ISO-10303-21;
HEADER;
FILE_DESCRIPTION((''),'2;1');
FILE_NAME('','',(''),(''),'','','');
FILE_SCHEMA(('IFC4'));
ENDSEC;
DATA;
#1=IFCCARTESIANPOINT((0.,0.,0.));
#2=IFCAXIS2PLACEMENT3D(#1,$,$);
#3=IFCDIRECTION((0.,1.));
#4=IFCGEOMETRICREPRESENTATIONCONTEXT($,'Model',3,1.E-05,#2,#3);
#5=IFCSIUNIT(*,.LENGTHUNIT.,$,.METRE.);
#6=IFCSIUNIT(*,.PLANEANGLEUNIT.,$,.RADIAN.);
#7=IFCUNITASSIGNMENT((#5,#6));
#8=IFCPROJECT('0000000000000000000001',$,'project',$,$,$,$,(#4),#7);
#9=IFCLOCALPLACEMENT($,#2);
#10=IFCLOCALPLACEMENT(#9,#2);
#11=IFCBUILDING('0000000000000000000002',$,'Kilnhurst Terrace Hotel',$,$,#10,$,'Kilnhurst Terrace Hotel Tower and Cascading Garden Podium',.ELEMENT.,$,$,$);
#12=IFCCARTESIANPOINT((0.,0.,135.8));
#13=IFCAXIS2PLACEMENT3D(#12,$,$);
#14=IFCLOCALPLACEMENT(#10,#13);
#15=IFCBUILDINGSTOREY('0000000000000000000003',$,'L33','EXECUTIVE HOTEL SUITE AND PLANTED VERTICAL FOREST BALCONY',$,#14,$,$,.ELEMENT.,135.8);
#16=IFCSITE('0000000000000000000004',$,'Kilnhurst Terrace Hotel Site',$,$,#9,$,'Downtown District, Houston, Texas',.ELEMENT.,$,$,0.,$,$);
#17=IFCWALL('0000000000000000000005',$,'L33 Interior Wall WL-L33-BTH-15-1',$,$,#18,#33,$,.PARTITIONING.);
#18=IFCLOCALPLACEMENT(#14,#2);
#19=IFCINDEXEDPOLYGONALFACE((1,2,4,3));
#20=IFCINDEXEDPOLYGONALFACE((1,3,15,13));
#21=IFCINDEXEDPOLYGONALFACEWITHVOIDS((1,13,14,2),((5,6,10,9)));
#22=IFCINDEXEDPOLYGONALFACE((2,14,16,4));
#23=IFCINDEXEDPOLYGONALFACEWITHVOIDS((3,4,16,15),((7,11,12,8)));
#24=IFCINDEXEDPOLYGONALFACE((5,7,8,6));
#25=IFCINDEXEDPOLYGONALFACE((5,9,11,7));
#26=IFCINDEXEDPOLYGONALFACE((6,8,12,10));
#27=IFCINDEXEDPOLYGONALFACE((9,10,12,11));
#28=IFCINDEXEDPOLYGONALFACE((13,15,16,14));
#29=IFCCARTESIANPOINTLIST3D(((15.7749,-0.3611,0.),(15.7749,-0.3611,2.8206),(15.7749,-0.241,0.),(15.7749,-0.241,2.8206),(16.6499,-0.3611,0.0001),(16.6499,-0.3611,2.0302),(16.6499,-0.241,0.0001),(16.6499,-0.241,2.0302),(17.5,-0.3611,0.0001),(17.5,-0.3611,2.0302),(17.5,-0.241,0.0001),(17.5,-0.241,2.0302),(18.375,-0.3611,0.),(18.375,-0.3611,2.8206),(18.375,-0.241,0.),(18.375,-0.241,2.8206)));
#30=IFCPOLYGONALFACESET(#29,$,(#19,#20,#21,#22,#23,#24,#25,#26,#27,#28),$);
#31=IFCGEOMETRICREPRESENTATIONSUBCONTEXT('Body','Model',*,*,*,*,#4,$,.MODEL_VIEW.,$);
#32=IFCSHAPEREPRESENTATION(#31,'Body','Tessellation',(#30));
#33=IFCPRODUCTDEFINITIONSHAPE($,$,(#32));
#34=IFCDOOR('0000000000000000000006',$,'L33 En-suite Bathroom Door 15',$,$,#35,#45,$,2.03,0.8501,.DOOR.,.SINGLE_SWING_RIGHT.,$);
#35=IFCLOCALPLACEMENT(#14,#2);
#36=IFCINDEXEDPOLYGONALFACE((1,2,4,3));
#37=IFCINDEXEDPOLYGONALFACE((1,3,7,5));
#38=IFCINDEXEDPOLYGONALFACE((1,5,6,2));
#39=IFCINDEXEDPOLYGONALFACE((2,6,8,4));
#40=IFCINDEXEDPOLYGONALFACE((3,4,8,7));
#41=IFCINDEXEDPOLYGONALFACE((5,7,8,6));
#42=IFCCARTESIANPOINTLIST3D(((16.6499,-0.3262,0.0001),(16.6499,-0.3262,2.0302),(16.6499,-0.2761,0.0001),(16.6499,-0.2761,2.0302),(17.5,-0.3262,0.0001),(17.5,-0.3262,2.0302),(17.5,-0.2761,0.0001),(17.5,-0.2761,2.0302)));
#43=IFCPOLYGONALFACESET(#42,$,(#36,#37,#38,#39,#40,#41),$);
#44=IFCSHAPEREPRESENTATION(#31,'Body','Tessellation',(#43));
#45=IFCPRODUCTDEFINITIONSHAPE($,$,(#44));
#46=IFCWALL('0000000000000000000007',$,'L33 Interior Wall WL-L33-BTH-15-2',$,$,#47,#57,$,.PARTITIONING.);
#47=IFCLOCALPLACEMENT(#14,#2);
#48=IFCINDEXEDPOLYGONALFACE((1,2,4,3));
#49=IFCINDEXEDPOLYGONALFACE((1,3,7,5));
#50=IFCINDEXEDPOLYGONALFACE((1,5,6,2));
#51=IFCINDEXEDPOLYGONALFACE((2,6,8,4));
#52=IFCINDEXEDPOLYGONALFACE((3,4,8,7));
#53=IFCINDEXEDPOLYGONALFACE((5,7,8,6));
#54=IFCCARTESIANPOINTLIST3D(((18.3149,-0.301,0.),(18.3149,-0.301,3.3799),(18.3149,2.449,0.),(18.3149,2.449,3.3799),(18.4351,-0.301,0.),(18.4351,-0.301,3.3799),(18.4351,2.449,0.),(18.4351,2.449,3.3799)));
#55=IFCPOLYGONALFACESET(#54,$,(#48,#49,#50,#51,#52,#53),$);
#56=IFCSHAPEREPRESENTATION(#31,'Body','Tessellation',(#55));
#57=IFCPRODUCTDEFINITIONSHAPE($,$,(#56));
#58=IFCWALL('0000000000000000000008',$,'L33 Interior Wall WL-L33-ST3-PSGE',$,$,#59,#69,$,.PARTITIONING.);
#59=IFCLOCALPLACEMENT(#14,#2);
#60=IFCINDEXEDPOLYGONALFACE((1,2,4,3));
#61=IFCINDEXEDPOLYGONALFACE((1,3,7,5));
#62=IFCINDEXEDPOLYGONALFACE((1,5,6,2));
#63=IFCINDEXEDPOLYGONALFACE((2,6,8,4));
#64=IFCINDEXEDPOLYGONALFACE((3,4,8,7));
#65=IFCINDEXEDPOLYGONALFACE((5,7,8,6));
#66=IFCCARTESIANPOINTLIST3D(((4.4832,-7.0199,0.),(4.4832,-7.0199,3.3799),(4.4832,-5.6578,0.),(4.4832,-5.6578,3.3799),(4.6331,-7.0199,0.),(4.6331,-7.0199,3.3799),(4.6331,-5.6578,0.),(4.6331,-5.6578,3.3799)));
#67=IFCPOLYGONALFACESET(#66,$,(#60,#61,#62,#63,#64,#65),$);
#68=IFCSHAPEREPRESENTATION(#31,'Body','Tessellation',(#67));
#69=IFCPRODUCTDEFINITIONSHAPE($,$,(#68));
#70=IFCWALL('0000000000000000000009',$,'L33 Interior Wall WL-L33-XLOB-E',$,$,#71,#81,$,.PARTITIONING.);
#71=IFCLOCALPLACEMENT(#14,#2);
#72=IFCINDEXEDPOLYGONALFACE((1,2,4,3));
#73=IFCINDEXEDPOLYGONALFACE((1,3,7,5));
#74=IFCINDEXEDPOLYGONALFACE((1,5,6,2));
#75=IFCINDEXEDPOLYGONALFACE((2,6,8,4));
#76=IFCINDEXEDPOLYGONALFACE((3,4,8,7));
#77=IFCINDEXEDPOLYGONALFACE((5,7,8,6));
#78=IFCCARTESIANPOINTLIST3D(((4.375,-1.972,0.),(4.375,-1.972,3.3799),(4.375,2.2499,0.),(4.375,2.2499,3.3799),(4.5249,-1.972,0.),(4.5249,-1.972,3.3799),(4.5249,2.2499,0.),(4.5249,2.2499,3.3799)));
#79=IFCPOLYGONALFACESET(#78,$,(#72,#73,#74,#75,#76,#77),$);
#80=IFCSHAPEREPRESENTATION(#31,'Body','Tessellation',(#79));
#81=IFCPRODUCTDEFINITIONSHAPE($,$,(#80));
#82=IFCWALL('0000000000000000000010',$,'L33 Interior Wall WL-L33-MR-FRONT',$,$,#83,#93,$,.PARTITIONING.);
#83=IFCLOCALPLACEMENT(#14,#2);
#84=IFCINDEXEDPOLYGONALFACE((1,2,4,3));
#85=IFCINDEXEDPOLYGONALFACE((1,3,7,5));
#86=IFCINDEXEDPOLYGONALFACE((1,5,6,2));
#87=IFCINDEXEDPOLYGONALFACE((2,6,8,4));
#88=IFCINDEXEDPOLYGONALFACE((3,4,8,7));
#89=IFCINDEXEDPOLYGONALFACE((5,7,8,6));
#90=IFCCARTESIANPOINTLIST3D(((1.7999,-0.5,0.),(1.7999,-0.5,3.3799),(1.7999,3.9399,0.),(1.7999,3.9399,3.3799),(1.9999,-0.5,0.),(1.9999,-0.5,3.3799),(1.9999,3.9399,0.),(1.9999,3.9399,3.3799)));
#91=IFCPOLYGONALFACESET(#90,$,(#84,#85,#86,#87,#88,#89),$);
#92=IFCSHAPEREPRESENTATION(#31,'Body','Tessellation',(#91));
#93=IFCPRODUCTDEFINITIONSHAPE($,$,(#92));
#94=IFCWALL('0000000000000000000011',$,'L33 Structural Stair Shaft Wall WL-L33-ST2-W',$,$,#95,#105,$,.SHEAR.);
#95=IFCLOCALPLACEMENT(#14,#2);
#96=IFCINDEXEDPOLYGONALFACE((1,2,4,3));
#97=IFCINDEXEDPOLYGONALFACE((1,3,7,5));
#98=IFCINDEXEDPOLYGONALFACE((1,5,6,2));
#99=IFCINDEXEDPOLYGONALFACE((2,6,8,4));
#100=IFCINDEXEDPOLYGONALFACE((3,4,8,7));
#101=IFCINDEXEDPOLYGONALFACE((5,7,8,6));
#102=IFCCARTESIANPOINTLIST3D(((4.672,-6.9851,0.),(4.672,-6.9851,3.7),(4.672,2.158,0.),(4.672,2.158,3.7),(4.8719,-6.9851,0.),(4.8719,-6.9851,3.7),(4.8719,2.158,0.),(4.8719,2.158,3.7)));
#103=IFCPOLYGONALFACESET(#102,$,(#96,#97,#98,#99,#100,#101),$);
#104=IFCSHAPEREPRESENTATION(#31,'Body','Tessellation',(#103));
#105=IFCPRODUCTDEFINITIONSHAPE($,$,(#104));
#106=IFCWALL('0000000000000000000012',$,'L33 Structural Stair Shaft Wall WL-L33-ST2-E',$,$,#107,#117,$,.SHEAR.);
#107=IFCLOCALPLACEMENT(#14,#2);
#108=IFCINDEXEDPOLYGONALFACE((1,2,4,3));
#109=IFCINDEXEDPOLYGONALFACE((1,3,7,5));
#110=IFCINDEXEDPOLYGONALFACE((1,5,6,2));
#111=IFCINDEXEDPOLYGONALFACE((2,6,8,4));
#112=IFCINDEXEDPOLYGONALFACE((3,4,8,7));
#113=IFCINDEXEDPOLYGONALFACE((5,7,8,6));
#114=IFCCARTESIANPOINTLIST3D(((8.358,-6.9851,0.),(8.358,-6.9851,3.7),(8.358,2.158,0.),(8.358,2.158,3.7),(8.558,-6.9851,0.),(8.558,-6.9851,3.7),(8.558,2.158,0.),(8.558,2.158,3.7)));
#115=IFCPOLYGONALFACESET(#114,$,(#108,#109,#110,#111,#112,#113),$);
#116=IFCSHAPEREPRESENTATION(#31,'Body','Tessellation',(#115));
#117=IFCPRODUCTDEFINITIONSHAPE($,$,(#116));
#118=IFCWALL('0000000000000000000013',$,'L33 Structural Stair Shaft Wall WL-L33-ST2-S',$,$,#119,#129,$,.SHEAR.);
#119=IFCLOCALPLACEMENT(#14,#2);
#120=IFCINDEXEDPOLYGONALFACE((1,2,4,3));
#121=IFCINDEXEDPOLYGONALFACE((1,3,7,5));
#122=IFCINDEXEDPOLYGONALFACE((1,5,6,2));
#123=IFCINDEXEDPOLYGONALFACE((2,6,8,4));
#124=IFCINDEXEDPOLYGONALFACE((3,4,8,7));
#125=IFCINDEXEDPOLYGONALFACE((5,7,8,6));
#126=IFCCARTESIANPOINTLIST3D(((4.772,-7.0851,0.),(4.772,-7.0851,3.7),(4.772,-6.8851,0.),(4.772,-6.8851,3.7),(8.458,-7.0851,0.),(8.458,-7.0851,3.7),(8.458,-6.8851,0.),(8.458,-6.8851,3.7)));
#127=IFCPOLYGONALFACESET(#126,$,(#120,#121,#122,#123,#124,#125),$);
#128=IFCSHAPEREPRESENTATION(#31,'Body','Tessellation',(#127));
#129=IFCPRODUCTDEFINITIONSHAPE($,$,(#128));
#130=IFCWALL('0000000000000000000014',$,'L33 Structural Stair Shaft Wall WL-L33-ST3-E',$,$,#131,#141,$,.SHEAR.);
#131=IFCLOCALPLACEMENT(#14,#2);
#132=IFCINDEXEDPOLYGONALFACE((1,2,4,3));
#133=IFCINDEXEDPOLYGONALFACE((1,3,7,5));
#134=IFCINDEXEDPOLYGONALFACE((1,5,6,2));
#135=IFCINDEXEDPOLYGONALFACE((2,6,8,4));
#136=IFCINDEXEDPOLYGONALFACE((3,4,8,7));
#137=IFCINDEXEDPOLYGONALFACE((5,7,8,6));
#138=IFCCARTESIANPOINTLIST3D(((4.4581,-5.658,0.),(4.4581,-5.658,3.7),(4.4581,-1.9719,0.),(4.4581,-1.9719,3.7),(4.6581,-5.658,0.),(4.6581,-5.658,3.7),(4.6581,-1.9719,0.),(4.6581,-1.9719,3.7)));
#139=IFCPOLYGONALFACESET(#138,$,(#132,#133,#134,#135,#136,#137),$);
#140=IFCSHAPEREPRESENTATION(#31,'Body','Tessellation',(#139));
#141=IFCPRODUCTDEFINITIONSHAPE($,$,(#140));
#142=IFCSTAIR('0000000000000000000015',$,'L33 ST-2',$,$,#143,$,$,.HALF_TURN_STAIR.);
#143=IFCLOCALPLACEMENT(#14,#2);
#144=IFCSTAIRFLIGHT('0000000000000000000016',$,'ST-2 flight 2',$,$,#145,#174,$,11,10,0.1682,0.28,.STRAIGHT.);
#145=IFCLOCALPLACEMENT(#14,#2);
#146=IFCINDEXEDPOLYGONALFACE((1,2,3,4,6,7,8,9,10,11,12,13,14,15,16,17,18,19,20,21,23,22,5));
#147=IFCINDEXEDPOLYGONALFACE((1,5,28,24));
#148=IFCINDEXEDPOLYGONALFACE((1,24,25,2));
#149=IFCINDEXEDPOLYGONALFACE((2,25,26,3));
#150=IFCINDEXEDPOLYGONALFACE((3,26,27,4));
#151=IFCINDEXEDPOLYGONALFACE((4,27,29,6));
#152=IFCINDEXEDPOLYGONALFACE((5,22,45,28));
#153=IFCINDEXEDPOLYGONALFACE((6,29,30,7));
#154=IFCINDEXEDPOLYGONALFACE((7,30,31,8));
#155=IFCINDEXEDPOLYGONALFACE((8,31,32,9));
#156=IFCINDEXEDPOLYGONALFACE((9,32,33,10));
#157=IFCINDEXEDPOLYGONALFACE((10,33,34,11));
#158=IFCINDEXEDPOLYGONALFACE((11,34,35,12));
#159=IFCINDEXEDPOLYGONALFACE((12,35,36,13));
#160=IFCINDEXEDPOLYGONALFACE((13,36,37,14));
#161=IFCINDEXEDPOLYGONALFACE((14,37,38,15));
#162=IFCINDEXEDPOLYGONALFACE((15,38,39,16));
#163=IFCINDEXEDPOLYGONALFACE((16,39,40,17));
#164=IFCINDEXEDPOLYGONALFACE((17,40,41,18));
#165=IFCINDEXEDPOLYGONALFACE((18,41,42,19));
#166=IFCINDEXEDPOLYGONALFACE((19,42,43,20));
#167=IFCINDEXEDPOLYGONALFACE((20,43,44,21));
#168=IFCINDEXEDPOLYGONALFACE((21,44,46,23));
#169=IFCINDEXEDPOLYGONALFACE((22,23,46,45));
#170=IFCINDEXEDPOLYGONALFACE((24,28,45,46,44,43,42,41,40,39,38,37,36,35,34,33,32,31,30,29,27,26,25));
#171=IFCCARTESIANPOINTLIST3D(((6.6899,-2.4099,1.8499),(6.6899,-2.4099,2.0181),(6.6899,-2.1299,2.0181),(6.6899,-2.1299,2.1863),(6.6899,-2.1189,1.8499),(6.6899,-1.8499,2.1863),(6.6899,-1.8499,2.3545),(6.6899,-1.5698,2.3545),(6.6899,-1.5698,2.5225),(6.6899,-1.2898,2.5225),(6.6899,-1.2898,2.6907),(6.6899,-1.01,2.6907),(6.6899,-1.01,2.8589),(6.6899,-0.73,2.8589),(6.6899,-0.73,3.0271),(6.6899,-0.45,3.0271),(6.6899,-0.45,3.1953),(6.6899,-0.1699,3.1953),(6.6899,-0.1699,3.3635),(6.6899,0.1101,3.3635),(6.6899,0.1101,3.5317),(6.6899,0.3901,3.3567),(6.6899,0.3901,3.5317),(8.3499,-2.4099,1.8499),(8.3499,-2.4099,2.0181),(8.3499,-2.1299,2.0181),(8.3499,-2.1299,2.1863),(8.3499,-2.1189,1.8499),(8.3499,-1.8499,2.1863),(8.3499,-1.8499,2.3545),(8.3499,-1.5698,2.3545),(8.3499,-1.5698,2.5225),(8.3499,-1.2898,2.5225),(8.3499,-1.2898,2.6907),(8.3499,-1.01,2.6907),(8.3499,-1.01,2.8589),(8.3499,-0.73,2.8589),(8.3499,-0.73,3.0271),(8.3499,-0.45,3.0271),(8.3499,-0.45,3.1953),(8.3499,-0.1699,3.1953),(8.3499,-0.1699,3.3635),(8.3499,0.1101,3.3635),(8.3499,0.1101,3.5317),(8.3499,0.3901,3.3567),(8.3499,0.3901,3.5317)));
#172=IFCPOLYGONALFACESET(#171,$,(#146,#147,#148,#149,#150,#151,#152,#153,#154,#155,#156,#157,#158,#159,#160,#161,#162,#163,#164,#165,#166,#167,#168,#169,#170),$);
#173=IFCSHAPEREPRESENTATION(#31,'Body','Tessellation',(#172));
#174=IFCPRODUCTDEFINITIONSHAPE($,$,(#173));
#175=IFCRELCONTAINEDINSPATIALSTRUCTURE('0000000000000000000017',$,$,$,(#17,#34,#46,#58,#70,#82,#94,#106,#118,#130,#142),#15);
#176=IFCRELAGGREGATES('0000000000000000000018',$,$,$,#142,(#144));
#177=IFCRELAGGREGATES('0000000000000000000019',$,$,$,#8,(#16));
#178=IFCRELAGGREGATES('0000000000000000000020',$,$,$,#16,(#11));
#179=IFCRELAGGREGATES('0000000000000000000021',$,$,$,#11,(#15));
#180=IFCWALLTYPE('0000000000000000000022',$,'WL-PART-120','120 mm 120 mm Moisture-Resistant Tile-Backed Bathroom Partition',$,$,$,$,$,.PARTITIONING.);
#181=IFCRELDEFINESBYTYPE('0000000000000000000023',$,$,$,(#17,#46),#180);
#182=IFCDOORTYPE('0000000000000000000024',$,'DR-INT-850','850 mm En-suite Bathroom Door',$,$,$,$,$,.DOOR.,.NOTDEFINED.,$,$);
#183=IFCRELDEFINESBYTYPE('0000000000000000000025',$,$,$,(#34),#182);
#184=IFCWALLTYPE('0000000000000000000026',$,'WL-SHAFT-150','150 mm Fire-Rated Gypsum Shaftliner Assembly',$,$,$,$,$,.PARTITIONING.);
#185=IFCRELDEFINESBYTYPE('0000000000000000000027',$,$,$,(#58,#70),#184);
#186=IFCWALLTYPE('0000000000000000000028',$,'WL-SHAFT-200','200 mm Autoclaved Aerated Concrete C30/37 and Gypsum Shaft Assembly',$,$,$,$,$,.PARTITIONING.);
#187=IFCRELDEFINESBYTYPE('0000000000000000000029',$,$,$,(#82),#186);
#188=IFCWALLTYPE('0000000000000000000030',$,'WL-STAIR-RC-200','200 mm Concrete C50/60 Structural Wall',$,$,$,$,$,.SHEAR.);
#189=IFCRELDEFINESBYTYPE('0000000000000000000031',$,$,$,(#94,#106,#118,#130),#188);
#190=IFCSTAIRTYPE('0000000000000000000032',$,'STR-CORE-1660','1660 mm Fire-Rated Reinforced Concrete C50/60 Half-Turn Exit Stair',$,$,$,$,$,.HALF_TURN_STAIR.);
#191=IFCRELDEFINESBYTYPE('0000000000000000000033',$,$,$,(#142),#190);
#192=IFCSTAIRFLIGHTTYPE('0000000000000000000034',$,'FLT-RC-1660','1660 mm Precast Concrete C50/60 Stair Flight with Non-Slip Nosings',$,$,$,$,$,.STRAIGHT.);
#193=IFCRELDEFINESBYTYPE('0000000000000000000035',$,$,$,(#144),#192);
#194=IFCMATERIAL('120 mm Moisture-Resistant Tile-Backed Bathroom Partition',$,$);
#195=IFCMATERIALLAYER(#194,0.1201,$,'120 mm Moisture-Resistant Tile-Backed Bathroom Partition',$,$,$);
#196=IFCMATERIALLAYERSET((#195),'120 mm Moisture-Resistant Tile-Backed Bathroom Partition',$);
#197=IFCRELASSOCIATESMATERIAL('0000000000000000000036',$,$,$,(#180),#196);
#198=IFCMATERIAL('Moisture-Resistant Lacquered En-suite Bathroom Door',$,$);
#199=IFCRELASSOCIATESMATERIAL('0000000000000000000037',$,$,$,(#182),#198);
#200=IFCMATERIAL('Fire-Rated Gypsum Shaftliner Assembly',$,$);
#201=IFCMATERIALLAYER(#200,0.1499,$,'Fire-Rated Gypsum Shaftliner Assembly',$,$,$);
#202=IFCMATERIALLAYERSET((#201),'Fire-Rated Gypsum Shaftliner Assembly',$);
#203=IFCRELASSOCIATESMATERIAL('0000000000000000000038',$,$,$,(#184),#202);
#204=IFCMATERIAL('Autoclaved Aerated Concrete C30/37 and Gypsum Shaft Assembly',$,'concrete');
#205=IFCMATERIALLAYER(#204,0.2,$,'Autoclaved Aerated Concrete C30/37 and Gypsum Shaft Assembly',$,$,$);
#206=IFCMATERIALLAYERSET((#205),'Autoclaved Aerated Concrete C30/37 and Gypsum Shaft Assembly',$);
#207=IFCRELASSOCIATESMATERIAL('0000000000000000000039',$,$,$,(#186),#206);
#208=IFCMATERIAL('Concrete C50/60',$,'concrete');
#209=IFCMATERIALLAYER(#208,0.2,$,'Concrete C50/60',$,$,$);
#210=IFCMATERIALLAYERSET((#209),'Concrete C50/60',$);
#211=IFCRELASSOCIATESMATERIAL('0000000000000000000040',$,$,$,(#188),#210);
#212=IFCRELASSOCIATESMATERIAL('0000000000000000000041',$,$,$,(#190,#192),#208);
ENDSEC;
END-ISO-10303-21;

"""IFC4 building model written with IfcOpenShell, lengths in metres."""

from ifc_helpers import new_model, si_unit, direction, frame, frame_2d, origin, place, context, subcontext, project, spatial, polyline, rectangle, outline, extrude, material, layer, layer_set, type_object, element, fill, aggregate, save


model = new_model("IFC4")

# Units and contexts
model_context = context("Model", 3, precision=1e-05, world=origin(), true_north=direction((0.0, 1.0)))
body_context = subcontext(model_context, "Body", "Model", "MODEL_VIEW")
ifc_project = project(units=[si_unit("LENGTHUNIT", "METRE"), si_unit("PLANEANGLEUNIT", "RADIAN")], contexts=[model_context])

# Site, building, storey
site_placement = place(None, origin())
site = spatial("IfcSite", under=ifc_project, at=site_placement, Name="Kilnhurst Terrace Hotel Site", LongName="Downtown District, Houston, Texas", CompositionType="ELEMENT", RefElevation=0.0)
building_placement = place(site_placement, origin())
building = spatial("IfcBuilding", under=site, at=building_placement, Name="Kilnhurst Terrace Hotel", LongName="Kilnhurst Terrace Hotel Tower and Cascading Garden Podium", CompositionType="ELEMENT")
storey_placement = place(building_placement, frame((0.0, 0.0, 135.8)))
storey = spatial("IfcBuildingStorey", under=building, at=storey_placement, Name="L33", Description="EXECUTIVE HOTEL SUITE AND PLANTED VERTICAL FOREST BALCONY", CompositionType="ELEMENT", Elevation=135.8)

# Shared definitions
ifc_material_1 = material(Name="Concrete C50/60", Category="concrete")

# Shared definitions
ifc_material_2 = material(Name="120 mm Moisture-Resistant Tile-Backed Bathroom Partition")
ifc_layer_1 = layer(ifc_material_2, 0.1201, Name="120 mm Moisture-Resistant Tile-Backed Bathroom Partition")
ifc_layer_set_1 = layer_set([ifc_layer_1], Name="120 mm Moisture-Resistant Tile-Backed Bathroom Partition")
wall_type_1 = type_object("IfcWallType", Name="WL-PART-120", Description="120 mm 120 mm Moisture-Resistant Tile-Backed Bathroom Partition", PredefinedType="PARTITIONING", material=ifc_layer_set_1)

# Wall, opening, door
wall_1_placement = place(storey_placement, frame((15.7749, -0.301, 0.0), z_axis=(0.0, 0.0, 1.0), x_axis=(1.0, 0.0, 0.0)))
wall_1 = element("IfcWall", 1, at=wall_1_placement, inside=storey, type_object=wall_type_1, Name="L33 Interior Wall WL-L33-BTH-15-1", PredefinedType="PARTITIONING", context=body_context, shape_type="SweptSolid", body=[
    extrude(rectangle(XDim=2.6001, YDim=0.1201, at=frame_2d((1.3, 0.0))), origin(), (0.0, 0.0, 1.0), 2.8206),
])
opening_1_placement = place(wall_1_placement, frame((0.875, 0.0, 0.0)))
opening_1 = element("IfcOpeningElement", 2, at=opening_1_placement, cuts=wall_1, PredefinedType="OPENING", context=body_context, shape_type="SweptSolid", body=[
    extrude(rectangle(XDim=0.8501, YDim=2.03, at=frame_2d((0.425, 1.0151))), frame((0.0, 0.0701, 0.0), z_axis=(0.0, -1.0, 0.0), x_axis=(1.0, 0.0, 0.0)), (0.0, 0.0, 1.0), 0.1401),
])
ifc_material_3 = material(Name="Moisture-Resistant Lacquered En-suite Bathroom Door")
door_type_1 = type_object("IfcDoorType", Name="DR-INT-850", Description="850 mm En-suite Bathroom Door", OperationType="NOTDEFINED", PredefinedType="DOOR", material=ifc_material_3)
door_1_placement = place(opening_1_placement, origin())
door_1 = element("IfcDoor", 3, at=door_1_placement, inside=storey, type_object=door_type_1, Name="L33 En-suite Bathroom Door 15", OperationType="SINGLE_SWING_RIGHT", OverallHeight=2.03, OverallWidth=0.8501, PredefinedType="DOOR", context=body_context, shape_type="SweptSolid", body=[
    extrude(rectangle(XDim=0.8501, YDim=2.03, at=frame_2d((0.425, 1.0151))), frame((0.0, 0.0249, 0.0), z_axis=(0.0, -1.0, 0.0), x_axis=(1.0, 0.0, 0.0)), (0.0, 0.0, 1.0), 0.05),
])
fill(opening_1, door_1)

# Walls
wall_2_placement = place(storey_placement, frame((18.375, -0.301, 0.0), z_axis=(0.0, 0.0, 1.0), x_axis=(0.0, 1.0, 0.0)))
element("IfcWall", 4, at=wall_2_placement, inside=storey, type_object=wall_type_1, Name="L33 Interior Wall WL-L33-BTH-15-2", PredefinedType="PARTITIONING", context=body_context, shape_type="SweptSolid", body=[
    extrude(rectangle(XDim=2.75, YDim=0.1201, at=frame_2d((1.375, 0.0))), origin(), (0.0, 0.0, 1.0), 3.3799),
])
ifc_material_4 = material(Name="Fire-Rated Gypsum Shaftliner Assembly")
ifc_layer_2 = layer(ifc_material_4, 0.1499, Name="Fire-Rated Gypsum Shaftliner Assembly")
ifc_layer_set_2 = layer_set([ifc_layer_2], Name="Fire-Rated Gypsum Shaftliner Assembly")
wall_type_2 = type_object("IfcWallType", Name="WL-SHAFT-150", Description="150 mm Fire-Rated Gypsum Shaftliner Assembly", PredefinedType="PARTITIONING", material=ifc_layer_set_2)
wall_3_placement = place(storey_placement, frame((4.5581, -7.02, 0.0), z_axis=(0.0, 0.0, 1.0), x_axis=(0.0, 1.0, 0.0)))
element("IfcWall", 5, at=wall_3_placement, inside=storey, type_object=wall_type_2, Name="L33 Interior Wall WL-L33-ST3-PSGE", PredefinedType="PARTITIONING", context=body_context, shape_type="SweptSolid", body=[
    extrude(rectangle(XDim=1.3621, YDim=0.1499, at=frame_2d((0.6812, 0.0))), origin(), (0.0, 0.0, 1.0), 3.3799),
])
wall_4_placement = place(storey_placement, frame((4.45, -1.9719, 0.0), z_axis=(0.0, 0.0, 1.0), x_axis=(0.0, 1.0, 0.0)))
element("IfcWall", 6, at=wall_4_placement, inside=storey, type_object=wall_type_2, Name="L33 Interior Wall WL-L33-XLOB-E", PredefinedType="PARTITIONING", context=body_context, shape_type="SweptSolid", body=[
    extrude(rectangle(XDim=4.2219, YDim=0.1499, at=frame_2d((2.1108, 0.0))), origin(), (0.0, 0.0, 1.0), 3.3799),
])
ifc_material_5 = material(Name="Autoclaved Aerated Concrete C30/37 and Gypsum Shaft Assembly", Category="concrete")
ifc_layer_3 = layer(ifc_material_5, 0.2, Name="Autoclaved Aerated Concrete C30/37 and Gypsum Shaft Assembly")
ifc_layer_set_3 = layer_set([ifc_layer_3], Name="Autoclaved Aerated Concrete C30/37 and Gypsum Shaft Assembly")
wall_type_3 = type_object("IfcWallType", Name="WL-SHAFT-200", Description="200 mm Autoclaved Aerated Concrete C30/37 and Gypsum Shaft Assembly", PredefinedType="PARTITIONING", material=ifc_layer_set_3)
wall_5_placement = place(storey_placement, frame((1.8999, -0.5, 0.0), z_axis=(0.0, 0.0, 1.0), x_axis=(0.0, 1.0, 0.0)))
element("IfcWall", 7, at=wall_5_placement, inside=storey, type_object=wall_type_3, Name="L33 Interior Wall WL-L33-MR-FRONT", PredefinedType="PARTITIONING", context=body_context, shape_type="SweptSolid", body=[
    extrude(rectangle(XDim=4.4399, YDim=0.2, at=frame_2d((2.22, 0.0))), origin(), (0.0, 0.0, 1.0), 3.3799),
])
ifc_layer_4 = layer(ifc_material_1, 0.2, Name="Concrete C50/60")
ifc_layer_set_4 = layer_set([ifc_layer_4], Name="Concrete C50/60")
wall_type_4 = type_object("IfcWallType", Name="WL-STAIR-RC-200", Description="200 mm Concrete C50/60 Structural Wall", PredefinedType="SHEAR", material=ifc_layer_set_4)
for number, where, z_axis, x_axis, name in (
    (8, (4.772, -6.9851, 0.0), (0.0, 0.0, 1.0), (0.0, 1.0, 0.0), "L33 Structural Stair Shaft Wall WL-L33-ST2-W"),
    (9, (8.458, -6.9851, 0.0), (0.0, 0.0, 1.0), (0.0, 1.0, 0.0), "L33 Structural Stair Shaft Wall WL-L33-ST2-E"),
):
    element("IfcWall", number, at=place(storey_placement, frame(where, z_axis=z_axis, x_axis=x_axis)), inside=storey, type_object=wall_type_4, Name=name, PredefinedType="SHEAR", context=body_context, shape_type="SweptSolid", body=[
        extrude(rectangle(XDim=9.1431, YDim=0.2, at=frame_2d((4.5715, 0.0))), origin(), (0.0, 0.0, 1.0), 3.7),
    ])
for number, where, z_axis, x_axis, name in (
    (10, (4.772, -6.9851, 0.0), (0.0, 0.0, 1.0), (1.0, 0.0, 0.0), "L33 Structural Stair Shaft Wall WL-L33-ST2-S"),
    (11, (4.5581, -5.658, 0.0), (0.0, 0.0, 1.0), (0.0, 1.0, 0.0), "L33 Structural Stair Shaft Wall WL-L33-ST3-E"),
):
    element("IfcWall", number, at=place(storey_placement, frame(where, z_axis=z_axis, x_axis=x_axis)), inside=storey, type_object=wall_type_4, Name=name, PredefinedType="SHEAR", context=body_context, shape_type="SweptSolid", body=[
        extrude(rectangle(XDim=3.686, YDim=0.2, at=frame_2d((1.843, 0.0))), origin(), (0.0, 0.0, 1.0), 3.7),
    ])

# Stair, stair flight
stair_type = type_object("IfcStairType", Name="STR-CORE-1660", Description="1660 mm Fire-Rated Reinforced Concrete C50/60 Half-Turn Exit Stair", PredefinedType="HALF_TURN_STAIR", material=ifc_material_1)
stair_1_placement = place(storey_placement, origin())
stair_1 = element("IfcStair", 12, at=stair_1_placement, inside=storey, type_object=stair_type, Name="L33 ST-2", PredefinedType="HALF_TURN_STAIR")
stair_flight_type = type_object("IfcStairFlightType", Name="FLT-RC-1660", Description="1660 mm Precast Concrete C50/60 Stair Flight with Non-Slip Nosings", PredefinedType="STRAIGHT", material=ifc_material_1)
stair_flight_1_placement = place(storey_placement, frame((7.52, -2.4099, 1.8499), z_axis=(0.0, 0.0, 1.0), x_axis=(0.0, 1.0, 0.0)))
stair_flight_1 = element("IfcStairFlight", 13, at=stair_flight_1_placement, type_object=stair_flight_type, Name="ST-2 flight 2", NumberOfRisers=11, NumberOfTreads=10, PredefinedType="STRAIGHT", RiserHeight=0.1682, TreadLength=0.28, context=body_context, shape_type="SweptSolid", body=[
    extrude(outline(polyline([(0.0, 0.0), (0.0, 0.1682), (0.28, 0.1682), (0.28, 0.3364), (0.5601, 0.3364), (0.5601, 0.5046), (0.8401, 0.5046), (0.8401, 0.6726), (1.1201, 0.6726), (1.1201, 0.8408), (1.3999, 0.8408), (1.3999, 1.009), (1.6799, 1.009), (1.6799, 1.1772), (1.96, 1.1772), (1.96, 1.3455), (2.24, 1.3455), (2.24, 1.5137), (2.52, 1.5137), (2.52, 1.6819), (2.8, 1.6819), (2.8, 1.8501), (2.8, 1.5068), (0.291, 0.0), (0.0, 0.0)])), frame((0.0, 0.8301, 0.0), z_axis=(0.0, -1.0, 0.0), x_axis=(1.0, 0.0, 0.0)), (0.0, 0.0, 1.0), 1.6599),
])
aggregate(stair_1, [stair_flight_1])

save(model, "model.ifc")
